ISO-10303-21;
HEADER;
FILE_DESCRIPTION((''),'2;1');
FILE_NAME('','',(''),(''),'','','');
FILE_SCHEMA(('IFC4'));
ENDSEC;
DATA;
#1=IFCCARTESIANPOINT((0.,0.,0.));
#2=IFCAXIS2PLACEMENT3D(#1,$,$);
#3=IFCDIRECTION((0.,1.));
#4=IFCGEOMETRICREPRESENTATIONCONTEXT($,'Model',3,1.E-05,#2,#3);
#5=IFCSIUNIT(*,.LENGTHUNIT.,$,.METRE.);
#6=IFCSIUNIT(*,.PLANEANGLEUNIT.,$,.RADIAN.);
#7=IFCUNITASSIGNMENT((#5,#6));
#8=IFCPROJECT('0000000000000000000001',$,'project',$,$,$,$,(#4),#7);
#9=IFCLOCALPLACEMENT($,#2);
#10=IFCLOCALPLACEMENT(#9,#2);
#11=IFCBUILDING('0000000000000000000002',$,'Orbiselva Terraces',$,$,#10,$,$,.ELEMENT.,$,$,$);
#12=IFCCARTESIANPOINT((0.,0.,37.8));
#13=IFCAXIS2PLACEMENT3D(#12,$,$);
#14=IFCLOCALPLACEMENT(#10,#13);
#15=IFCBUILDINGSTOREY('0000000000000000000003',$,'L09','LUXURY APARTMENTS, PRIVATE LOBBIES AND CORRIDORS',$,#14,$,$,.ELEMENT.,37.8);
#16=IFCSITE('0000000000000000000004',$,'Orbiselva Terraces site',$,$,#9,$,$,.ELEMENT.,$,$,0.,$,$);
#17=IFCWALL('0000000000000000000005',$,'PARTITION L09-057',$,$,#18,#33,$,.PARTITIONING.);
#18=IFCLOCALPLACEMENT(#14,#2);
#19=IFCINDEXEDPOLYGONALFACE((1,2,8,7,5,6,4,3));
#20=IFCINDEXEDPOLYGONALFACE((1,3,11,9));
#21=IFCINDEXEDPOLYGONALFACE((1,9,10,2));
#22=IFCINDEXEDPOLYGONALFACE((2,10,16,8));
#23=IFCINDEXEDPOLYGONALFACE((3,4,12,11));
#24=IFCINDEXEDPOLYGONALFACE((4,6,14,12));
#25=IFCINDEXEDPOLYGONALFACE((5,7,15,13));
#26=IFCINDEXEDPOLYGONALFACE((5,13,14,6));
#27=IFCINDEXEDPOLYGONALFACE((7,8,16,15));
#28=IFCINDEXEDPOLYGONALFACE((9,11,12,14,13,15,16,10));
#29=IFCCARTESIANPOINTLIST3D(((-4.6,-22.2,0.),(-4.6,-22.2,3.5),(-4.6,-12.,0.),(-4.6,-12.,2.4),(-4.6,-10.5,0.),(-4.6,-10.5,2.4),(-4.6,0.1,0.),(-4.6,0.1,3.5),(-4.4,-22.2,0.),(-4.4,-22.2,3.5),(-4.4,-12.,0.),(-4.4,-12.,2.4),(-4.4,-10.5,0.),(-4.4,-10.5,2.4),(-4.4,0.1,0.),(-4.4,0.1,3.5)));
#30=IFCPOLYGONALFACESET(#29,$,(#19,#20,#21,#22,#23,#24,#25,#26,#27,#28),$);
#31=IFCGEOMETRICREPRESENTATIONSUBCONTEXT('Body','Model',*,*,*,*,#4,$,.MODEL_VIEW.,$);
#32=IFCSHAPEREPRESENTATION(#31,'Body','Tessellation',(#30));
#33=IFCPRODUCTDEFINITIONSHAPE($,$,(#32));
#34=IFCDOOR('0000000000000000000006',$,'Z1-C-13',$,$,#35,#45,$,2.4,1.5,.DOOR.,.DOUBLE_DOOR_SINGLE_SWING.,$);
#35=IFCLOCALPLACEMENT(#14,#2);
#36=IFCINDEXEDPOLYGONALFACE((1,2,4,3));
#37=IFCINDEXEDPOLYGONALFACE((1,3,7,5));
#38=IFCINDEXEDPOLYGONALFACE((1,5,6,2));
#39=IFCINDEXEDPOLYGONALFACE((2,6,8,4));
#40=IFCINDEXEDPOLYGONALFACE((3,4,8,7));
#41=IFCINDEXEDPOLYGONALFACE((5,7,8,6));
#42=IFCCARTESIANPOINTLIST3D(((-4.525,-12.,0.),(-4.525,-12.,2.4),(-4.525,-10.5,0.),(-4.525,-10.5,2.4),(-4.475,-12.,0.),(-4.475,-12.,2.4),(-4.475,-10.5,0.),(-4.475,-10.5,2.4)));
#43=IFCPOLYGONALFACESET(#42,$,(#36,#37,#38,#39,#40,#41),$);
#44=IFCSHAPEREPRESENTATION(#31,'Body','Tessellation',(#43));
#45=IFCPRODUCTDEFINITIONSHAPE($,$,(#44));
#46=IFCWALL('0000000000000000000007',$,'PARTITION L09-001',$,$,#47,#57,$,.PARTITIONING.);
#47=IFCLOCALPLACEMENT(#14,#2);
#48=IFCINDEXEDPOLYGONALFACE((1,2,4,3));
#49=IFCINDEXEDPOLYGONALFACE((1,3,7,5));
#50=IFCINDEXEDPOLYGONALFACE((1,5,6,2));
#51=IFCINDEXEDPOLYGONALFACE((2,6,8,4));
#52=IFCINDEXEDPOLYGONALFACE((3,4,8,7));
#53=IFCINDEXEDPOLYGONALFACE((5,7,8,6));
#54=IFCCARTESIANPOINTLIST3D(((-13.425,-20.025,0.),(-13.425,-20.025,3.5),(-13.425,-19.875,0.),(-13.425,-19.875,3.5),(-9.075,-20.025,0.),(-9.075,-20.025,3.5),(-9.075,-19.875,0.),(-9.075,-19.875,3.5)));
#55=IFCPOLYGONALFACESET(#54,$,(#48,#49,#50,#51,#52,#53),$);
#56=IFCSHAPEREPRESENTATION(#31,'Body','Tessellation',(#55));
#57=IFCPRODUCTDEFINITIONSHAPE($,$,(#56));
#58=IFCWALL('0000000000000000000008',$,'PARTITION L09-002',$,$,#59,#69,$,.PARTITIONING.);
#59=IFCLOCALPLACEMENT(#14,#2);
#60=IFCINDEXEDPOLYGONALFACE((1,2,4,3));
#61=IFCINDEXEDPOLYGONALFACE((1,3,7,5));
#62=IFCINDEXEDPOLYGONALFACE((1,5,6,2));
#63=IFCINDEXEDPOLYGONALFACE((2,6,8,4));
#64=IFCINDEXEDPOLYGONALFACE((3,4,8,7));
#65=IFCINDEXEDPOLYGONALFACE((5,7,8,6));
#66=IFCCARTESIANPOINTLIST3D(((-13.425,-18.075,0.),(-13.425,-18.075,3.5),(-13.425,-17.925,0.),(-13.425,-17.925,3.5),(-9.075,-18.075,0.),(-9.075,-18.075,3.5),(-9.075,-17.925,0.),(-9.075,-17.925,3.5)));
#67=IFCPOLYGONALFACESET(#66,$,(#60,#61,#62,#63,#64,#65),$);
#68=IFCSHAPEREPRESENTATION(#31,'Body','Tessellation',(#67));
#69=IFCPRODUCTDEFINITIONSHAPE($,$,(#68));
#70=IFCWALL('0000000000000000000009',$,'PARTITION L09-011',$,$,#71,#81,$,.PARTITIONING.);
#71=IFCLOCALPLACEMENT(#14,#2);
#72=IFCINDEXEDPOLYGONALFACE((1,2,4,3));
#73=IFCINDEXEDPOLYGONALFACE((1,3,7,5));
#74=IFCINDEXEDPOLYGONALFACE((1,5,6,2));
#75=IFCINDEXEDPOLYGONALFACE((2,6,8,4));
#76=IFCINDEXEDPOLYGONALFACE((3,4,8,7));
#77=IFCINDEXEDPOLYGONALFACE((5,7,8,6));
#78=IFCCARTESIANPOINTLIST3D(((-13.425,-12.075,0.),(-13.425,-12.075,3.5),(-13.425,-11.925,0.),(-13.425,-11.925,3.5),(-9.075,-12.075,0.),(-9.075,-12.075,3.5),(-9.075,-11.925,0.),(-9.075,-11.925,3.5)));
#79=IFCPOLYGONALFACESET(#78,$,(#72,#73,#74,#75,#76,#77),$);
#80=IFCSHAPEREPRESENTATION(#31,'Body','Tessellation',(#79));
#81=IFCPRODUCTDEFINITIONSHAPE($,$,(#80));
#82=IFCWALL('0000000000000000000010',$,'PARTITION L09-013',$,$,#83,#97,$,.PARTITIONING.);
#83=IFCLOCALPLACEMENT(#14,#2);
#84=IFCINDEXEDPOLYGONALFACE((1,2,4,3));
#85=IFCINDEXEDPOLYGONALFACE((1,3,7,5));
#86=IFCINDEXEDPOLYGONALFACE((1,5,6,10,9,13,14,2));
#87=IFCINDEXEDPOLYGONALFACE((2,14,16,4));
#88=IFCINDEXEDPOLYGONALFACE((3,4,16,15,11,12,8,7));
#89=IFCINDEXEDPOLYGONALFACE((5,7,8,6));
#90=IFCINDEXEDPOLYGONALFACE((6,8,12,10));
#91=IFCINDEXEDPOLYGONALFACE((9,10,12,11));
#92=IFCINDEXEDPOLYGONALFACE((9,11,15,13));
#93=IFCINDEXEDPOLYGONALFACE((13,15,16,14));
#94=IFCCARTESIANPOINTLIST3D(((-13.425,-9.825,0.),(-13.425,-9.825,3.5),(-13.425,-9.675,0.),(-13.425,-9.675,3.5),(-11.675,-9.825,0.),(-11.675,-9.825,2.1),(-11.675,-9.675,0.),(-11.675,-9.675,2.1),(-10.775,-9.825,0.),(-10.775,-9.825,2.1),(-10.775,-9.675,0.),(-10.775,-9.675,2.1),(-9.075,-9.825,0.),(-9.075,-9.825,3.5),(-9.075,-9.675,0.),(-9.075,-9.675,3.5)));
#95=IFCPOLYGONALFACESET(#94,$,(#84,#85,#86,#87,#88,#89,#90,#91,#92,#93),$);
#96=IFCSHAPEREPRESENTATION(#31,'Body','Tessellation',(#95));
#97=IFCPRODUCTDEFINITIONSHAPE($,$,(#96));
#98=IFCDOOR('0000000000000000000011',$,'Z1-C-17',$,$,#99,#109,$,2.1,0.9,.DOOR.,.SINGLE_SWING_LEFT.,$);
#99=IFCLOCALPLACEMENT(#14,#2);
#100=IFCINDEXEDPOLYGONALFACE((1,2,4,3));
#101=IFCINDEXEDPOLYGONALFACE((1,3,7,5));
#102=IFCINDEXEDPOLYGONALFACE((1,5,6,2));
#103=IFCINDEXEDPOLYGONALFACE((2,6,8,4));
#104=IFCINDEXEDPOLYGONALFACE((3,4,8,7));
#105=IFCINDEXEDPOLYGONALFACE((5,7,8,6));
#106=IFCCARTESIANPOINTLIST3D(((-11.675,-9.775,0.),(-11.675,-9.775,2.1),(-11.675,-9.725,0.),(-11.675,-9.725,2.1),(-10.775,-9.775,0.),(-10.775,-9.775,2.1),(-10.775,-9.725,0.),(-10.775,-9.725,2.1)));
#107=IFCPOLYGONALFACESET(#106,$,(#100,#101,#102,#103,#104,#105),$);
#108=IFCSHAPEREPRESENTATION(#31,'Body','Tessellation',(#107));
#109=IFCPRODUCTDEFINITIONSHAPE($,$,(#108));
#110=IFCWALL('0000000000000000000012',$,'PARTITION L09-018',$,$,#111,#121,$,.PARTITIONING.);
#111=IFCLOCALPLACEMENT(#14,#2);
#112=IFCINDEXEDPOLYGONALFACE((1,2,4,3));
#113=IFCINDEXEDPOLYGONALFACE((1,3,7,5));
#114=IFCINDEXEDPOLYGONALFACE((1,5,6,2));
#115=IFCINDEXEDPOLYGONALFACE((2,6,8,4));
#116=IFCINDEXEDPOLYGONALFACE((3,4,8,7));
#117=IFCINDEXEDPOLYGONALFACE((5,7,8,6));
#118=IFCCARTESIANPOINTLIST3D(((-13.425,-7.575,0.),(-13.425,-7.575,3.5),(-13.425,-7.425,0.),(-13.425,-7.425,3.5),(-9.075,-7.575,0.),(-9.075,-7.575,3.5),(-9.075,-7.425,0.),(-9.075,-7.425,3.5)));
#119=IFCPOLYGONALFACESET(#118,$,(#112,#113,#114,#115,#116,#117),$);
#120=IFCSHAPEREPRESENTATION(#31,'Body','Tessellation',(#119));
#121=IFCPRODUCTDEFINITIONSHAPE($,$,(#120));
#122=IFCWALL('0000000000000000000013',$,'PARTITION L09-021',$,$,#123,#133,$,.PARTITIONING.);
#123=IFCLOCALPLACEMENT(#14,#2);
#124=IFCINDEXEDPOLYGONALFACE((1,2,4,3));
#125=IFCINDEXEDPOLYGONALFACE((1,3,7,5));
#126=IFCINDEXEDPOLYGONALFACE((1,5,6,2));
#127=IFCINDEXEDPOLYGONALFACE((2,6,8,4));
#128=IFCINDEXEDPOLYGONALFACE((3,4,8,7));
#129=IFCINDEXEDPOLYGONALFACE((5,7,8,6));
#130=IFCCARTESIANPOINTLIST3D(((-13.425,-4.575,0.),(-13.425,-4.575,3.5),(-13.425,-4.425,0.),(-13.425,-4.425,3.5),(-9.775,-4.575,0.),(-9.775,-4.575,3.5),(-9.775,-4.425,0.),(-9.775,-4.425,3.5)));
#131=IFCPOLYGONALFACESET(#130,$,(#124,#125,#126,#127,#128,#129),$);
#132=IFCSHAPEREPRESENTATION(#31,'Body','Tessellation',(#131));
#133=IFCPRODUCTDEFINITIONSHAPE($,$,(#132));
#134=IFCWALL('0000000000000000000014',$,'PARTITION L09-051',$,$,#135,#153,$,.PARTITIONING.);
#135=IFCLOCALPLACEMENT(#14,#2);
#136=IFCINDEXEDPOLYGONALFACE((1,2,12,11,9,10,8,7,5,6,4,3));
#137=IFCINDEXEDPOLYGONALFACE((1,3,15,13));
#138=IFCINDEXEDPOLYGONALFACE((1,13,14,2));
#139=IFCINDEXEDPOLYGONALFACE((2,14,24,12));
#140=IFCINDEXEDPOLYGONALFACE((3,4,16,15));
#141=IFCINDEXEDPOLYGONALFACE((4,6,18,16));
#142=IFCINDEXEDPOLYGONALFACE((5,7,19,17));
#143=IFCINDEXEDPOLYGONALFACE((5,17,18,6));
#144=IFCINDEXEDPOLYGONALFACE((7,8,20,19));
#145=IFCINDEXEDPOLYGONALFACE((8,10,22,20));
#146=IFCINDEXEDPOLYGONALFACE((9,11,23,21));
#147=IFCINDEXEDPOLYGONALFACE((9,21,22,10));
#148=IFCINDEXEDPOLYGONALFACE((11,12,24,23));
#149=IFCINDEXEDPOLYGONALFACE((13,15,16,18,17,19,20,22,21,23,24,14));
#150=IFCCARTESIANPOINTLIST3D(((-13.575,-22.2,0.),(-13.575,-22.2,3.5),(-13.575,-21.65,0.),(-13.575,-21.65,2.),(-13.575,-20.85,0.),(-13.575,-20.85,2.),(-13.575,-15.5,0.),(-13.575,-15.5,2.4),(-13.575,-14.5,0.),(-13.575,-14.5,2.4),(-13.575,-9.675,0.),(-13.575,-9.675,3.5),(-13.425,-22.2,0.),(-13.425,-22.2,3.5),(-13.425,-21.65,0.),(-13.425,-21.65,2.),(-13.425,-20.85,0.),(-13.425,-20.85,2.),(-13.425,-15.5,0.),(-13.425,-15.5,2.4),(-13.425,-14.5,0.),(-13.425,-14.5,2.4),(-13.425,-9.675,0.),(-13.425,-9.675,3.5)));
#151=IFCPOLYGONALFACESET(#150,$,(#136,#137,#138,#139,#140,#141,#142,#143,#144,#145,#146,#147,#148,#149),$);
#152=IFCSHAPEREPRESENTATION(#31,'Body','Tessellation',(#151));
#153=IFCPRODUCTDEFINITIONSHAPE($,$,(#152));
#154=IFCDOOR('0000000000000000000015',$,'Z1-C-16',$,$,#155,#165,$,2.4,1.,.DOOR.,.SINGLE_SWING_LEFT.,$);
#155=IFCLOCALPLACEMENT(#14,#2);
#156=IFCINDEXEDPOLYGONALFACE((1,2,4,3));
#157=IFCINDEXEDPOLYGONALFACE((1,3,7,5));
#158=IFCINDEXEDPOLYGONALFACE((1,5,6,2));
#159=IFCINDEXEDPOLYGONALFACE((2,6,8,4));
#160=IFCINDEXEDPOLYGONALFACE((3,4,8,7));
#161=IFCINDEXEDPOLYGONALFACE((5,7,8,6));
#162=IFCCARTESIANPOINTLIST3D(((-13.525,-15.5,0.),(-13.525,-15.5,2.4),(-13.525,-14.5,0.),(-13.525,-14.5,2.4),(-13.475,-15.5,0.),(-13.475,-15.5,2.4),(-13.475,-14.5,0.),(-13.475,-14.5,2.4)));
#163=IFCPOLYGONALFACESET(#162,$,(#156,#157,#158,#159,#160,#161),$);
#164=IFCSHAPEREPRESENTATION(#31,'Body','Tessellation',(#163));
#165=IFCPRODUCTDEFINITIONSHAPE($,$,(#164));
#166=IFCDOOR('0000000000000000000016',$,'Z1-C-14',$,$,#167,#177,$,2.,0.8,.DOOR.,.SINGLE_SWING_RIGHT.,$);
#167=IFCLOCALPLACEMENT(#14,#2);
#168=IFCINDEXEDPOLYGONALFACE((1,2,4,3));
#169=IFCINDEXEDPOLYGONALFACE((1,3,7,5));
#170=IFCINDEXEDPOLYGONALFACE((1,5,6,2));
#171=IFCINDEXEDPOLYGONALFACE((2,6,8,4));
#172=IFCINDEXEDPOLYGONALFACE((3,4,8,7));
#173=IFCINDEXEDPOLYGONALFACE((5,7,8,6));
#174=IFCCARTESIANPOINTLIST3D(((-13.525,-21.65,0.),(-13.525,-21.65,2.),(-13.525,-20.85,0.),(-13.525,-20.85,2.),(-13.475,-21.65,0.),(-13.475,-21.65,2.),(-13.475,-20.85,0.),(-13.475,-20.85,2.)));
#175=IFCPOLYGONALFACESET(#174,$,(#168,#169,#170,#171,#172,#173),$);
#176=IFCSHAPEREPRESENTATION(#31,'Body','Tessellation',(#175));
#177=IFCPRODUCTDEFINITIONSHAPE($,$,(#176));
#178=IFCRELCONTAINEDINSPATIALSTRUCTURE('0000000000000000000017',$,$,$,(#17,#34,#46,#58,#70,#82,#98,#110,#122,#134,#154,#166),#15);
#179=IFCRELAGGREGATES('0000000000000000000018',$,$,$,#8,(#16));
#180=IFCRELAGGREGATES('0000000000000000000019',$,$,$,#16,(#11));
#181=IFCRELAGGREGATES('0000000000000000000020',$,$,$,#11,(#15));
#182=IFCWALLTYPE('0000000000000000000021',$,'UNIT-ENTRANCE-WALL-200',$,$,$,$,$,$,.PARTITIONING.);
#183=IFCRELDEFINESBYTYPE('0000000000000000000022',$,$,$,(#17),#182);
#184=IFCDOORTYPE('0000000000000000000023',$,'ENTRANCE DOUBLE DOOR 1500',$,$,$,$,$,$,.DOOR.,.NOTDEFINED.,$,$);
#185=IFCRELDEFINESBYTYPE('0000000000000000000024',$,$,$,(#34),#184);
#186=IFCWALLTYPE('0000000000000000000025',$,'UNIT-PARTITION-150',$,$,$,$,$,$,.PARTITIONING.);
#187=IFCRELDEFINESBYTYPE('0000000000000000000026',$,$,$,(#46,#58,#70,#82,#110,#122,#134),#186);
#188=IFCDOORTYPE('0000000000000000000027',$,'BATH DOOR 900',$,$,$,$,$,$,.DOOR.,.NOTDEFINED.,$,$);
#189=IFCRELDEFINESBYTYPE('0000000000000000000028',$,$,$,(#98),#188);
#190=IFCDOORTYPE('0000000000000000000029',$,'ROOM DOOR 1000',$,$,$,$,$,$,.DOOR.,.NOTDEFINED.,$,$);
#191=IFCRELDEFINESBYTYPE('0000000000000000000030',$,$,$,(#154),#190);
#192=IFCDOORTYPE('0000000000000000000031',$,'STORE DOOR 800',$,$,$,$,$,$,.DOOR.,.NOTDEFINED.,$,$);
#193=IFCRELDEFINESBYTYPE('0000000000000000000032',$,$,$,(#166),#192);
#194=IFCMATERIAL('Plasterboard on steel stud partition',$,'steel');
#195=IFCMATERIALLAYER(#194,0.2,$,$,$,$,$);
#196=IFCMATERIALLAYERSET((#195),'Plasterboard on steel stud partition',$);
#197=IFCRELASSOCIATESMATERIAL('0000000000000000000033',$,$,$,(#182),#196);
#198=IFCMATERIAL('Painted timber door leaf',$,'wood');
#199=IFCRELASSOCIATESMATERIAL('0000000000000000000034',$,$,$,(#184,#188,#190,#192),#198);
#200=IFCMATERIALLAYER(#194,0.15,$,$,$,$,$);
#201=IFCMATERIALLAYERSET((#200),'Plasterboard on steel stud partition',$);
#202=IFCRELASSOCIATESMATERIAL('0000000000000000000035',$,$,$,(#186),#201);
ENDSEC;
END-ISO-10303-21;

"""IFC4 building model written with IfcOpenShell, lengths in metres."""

from ifc_helpers import new_model, si_unit, direction, frame, frame_2d, origin, place, context, subcontext, project, spatial, rectangle, extrude, material, layer, layer_set, type_object, element, fill, save


model = new_model("IFC4")

# Units and contexts
model_context = context("Model", 3, precision=1e-05, world=origin(), true_north=direction((0.0, 1.0)))
body_context = subcontext(model_context, "Body", "Model", "MODEL_VIEW")
ifc_project = project(units=[si_unit("LENGTHUNIT", "METRE"), si_unit("PLANEANGLEUNIT", "RADIAN")], contexts=[model_context])

# Site, building, storey
site_placement = place(None, origin())
site = spatial("IfcSite", under=ifc_project, at=site_placement, Name="Orbiselva Terraces site", CompositionType="ELEMENT", RefElevation=0.0)
building_placement = place(site_placement, origin())
building = spatial("IfcBuilding", under=site, at=building_placement, Name="Orbiselva Terraces", CompositionType="ELEMENT")
storey_placement = place(building_placement, frame((0.0, 0.0, 37.8)))
storey = spatial("IfcBuildingStorey", under=building, at=storey_placement, Name="L09", Description="LUXURY APARTMENTS, PRIVATE LOBBIES AND CORRIDORS", CompositionType="ELEMENT", Elevation=37.8)

# Wall, opening, door
ifc_material_1 = material(Name="Plasterboard on steel stud partition", Category="steel")
ifc_layer_1 = layer(ifc_material_1, 0.2)
ifc_layer_set_1 = layer_set([ifc_layer_1], Name="Plasterboard on steel stud partition")
wall_type_1 = type_object("IfcWallType", Name="UNIT-ENTRANCE-WALL-200", PredefinedType="PARTITIONING", material=ifc_layer_set_1)
wall_1_placement = place(storey_placement, frame((-4.5, -22.2, 0.0), z_axis=(0.0, 0.0, 1.0), x_axis=(0.0, 1.0, 0.0)))
wall_1 = element("IfcWall", 1, at=wall_1_placement, inside=storey, type_object=wall_type_1, Name="PARTITION L09-057", PredefinedType="PARTITIONING", context=body_context, shape_type="SweptSolid", body=[
    extrude(rectangle(XDim=22.3, YDim=0.2, at=frame_2d((11.15, 0.0))), origin(), (0.0, 0.0, 1.0), 3.5),
])
opening_1_placement = place(wall_1_placement, frame((10.2, 0.0, 0.0)))
opening_1 = element("IfcOpeningElement", 2, at=opening_1_placement, cuts=wall_1, PredefinedType="OPENING", context=body_context, shape_type="SweptSolid", body=[
    extrude(rectangle(XDim=1.5, YDim=2.4, at=frame_2d((0.75, 1.2))), frame((0.0, 0.11, 0.0), z_axis=(0.0, -1.0, 0.0), x_axis=(1.0, 0.0, 0.0)), (0.0, 0.0, 1.0), 0.22),
])
ifc_material_2 = material(Name="Painted timber door leaf", Category="wood")
door_type_1 = type_object("IfcDoorType", Name="ENTRANCE DOUBLE DOOR 1500", OperationType="NOTDEFINED", PredefinedType="DOOR", material=ifc_material_2)
door_1_placement = place(opening_1_placement, origin())
door_1 = element("IfcDoor", 3, at=door_1_placement, inside=storey, type_object=door_type_1, Name="Z1-C-13", OperationType="DOUBLE_DOOR_SINGLE_SWING", OverallHeight=2.4, OverallWidth=1.5, PredefinedType="DOOR", context=body_context, shape_type="SweptSolid", body=[
    extrude(rectangle(XDim=1.5, YDim=2.4, at=frame_2d((0.75, 1.2))), frame((0.0, 0.025, 0.0), z_axis=(0.0, -1.0, 0.0), x_axis=(1.0, 0.0, 0.0)), (0.0, 0.0, 1.0), 0.05),
])
fill(opening_1, door_1)

# Walls
ifc_layer_2 = layer(ifc_material_1, 0.15)
ifc_layer_set_2 = layer_set([ifc_layer_2], Name="Plasterboard on steel stud partition")
wall_type_2 = type_object("IfcWallType", Name="UNIT-PARTITION-150", PredefinedType="PARTITIONING", material=ifc_layer_set_2)
for number, where, z_axis, x_axis, name in (
    (4, (-13.425, -19.95, 0.0), (0.0, 0.0, 1.0), (1.0, 0.0, 0.0), "PARTITION L09-001"),
    (5, (-13.425, -18.0, 0.0), (0.0, 0.0, 1.0), (1.0, 0.0, 0.0), "PARTITION L09-002"),
    (6, (-13.425, -12.0, 0.0), (0.0, 0.0, 1.0), (1.0, 0.0, 0.0), "PARTITION L09-011"),
):
    element("IfcWall", number, at=place(storey_placement, frame(where, z_axis=z_axis, x_axis=x_axis)), inside=storey, type_object=wall_type_2, Name=name, PredefinedType="PARTITIONING", context=body_context, shape_type="SweptSolid", body=[
        extrude(rectangle(XDim=4.35, YDim=0.15, at=frame_2d((2.175, 0.0))), origin(), (0.0, 0.0, 1.0), 3.5),
    ])

# Wall, opening, door
wall_2_placement = place(storey_placement, frame((-9.075, -9.75, 0.0), z_axis=(0.0, 0.0, 1.0), x_axis=(-1.0, 0.0, 0.0)))
wall_2 = element("IfcWall", 7, at=wall_2_placement, inside=storey, type_object=wall_type_2, Name="PARTITION L09-013", PredefinedType="PARTITIONING", context=body_context, shape_type="SweptSolid", body=[
    extrude(rectangle(XDim=4.35, YDim=0.15, at=frame_2d((2.175, 0.0))), origin(), (0.0, 0.0, 1.0), 3.5),
])
opening_2_placement = place(wall_2_placement, frame((1.7, 0.0, 0.0)))
opening_2 = element("IfcOpeningElement", 8, at=opening_2_placement, cuts=wall_2, PredefinedType="OPENING", context=body_context, shape_type="SweptSolid", body=[
    extrude(rectangle(XDim=0.9, YDim=2.1, at=frame_2d((0.45, 1.05))), frame((0.0, 0.085, 0.0), z_axis=(0.0, -1.0, 0.0), x_axis=(1.0, 0.0, 0.0)), (0.0, 0.0, 1.0), 0.17),
])
door_type_2 = type_object("IfcDoorType", Name="BATH DOOR 900", OperationType="NOTDEFINED", PredefinedType="DOOR", material=ifc_material_2)
door_2_placement = place(opening_2_placement, origin())
door_2 = element("IfcDoor", 9, at=door_2_placement, inside=storey, type_object=door_type_2, Name="Z1-C-17", OperationType="SINGLE_SWING_LEFT", OverallHeight=2.1, OverallWidth=0.9, PredefinedType="DOOR", context=body_context, shape_type="SweptSolid", body=[
    extrude(rectangle(XDim=0.9, YDim=2.1, at=frame_2d((0.45, 1.05))), frame((0.0, 0.025, 0.0), z_axis=(0.0, -1.0, 0.0), x_axis=(1.0, 0.0, 0.0)), (0.0, 0.0, 1.0), 0.05),
])
fill(opening_2, door_2)

# Walls
wall_3_placement = place(storey_placement, frame((-13.425, -7.5, 0.0), z_axis=(0.0, 0.0, 1.0), x_axis=(1.0, 0.0, 0.0)))
element("IfcWall", 10, at=wall_3_placement, inside=storey, type_object=wall_type_2, Name="PARTITION L09-018", PredefinedType="PARTITIONING", context=body_context, shape_type="SweptSolid", body=[
    extrude(rectangle(XDim=4.35, YDim=0.15, at=frame_2d((2.175, 0.0))), origin(), (0.0, 0.0, 1.0), 3.5),
])
wall_4_placement = place(storey_placement, frame((-13.425, -4.5, 0.0), z_axis=(0.0, 0.0, 1.0), x_axis=(1.0, 0.0, 0.0)))
element("IfcWall", 11, at=wall_4_placement, inside=storey, type_object=wall_type_2, Name="PARTITION L09-021", PredefinedType="PARTITIONING", context=body_context, shape_type="SweptSolid", body=[
    extrude(rectangle(XDim=3.65, YDim=0.15, at=frame_2d((1.825, 0.0))), origin(), (0.0, 0.0, 1.0), 3.5),
])

# Wall, openings, doors
wall_5_placement = place(storey_placement, frame((-13.5, -9.675, 0.0), z_axis=(0.0, 0.0, 1.0), x_axis=(0.0, -1.0, 0.0)))
wall_5 = element("IfcWall", 12, at=wall_5_placement, inside=storey, type_object=wall_type_2, Name="PARTITION L09-051", PredefinedType="PARTITIONING", context=body_context, shape_type="SweptSolid", body=[
    extrude(rectangle(XDim=12.525, YDim=0.15, at=frame_2d((6.2625, 0.0))), origin(), (0.0, 0.0, 1.0), 3.5),
])
opening_3_placement = place(wall_5_placement, frame((11.175, 0.0, 0.0)))
opening_3 = element("IfcOpeningElement", 13, at=opening_3_placement, cuts=wall_5, PredefinedType="OPENING", context=body_context, shape_type="SweptSolid", body=[
    extrude(rectangle(XDim=0.8, YDim=2.0, at=frame_2d((0.4, 1.0))), frame((0.0, 0.085, 0.0), z_axis=(0.0, -1.0, 0.0), x_axis=(1.0, 0.0, 0.0)), (0.0, 0.0, 1.0), 0.17),
])
opening_4_placement = place(wall_5_placement, frame((4.825, 0.0, 0.0)))
opening_4 = element("IfcOpeningElement", 14, at=opening_4_placement, cuts=wall_5, PredefinedType="OPENING", context=body_context, shape_type="SweptSolid", body=[
    extrude(rectangle(XDim=1.0, YDim=2.4, at=frame_2d((0.5, 1.2))), frame((0.0, 0.085, 0.0), z_axis=(0.0, -1.0, 0.0), x_axis=(1.0, 0.0, 0.0)), (0.0, 0.0, 1.0), 0.17),
])
door_type_3 = type_object("IfcDoorType", Name="ROOM DOOR 1000", OperationType="NOTDEFINED", PredefinedType="DOOR", material=ifc_material_2)
door_3_placement = place(opening_4_placement, origin())
door_3 = element("IfcDoor", 15, at=door_3_placement, inside=storey, type_object=door_type_3, Name="Z1-C-16", OperationType="SINGLE_SWING_LEFT", OverallHeight=2.4, OverallWidth=1.0, PredefinedType="DOOR", context=body_context, shape_type="SweptSolid", body=[
    extrude(rectangle(XDim=1.0, YDim=2.4, at=frame_2d((0.5, 1.2))), frame((0.0, 0.025, 0.0), z_axis=(0.0, -1.0, 0.0), x_axis=(1.0, 0.0, 0.0)), (0.0, 0.0, 1.0), 0.05),
])
fill(opening_4, door_3)
door_type_4 = type_object("IfcDoorType", Name="STORE DOOR 800", OperationType="NOTDEFINED", PredefinedType="DOOR", material=ifc_material_2)
door_4_placement = place(opening_3_placement, origin())
door_4 = element("IfcDoor", 16, at=door_4_placement, inside=storey, type_object=door_type_4, Name="Z1-C-14", OperationType="SINGLE_SWING_RIGHT", OverallHeight=2.0, OverallWidth=0.8, PredefinedType="DOOR", context=body_context, shape_type="SweptSolid", body=[
    extrude(rectangle(XDim=0.8, YDim=2.0, at=frame_2d((0.4, 1.0))), frame((0.0, 0.025, 0.0), z_axis=(0.0, -1.0, 0.0), x_axis=(1.0, 0.0, 0.0)), (0.0, 0.0, 1.0), 0.05),
])
fill(opening_3, door_4)

save(model, "model.ifc")
